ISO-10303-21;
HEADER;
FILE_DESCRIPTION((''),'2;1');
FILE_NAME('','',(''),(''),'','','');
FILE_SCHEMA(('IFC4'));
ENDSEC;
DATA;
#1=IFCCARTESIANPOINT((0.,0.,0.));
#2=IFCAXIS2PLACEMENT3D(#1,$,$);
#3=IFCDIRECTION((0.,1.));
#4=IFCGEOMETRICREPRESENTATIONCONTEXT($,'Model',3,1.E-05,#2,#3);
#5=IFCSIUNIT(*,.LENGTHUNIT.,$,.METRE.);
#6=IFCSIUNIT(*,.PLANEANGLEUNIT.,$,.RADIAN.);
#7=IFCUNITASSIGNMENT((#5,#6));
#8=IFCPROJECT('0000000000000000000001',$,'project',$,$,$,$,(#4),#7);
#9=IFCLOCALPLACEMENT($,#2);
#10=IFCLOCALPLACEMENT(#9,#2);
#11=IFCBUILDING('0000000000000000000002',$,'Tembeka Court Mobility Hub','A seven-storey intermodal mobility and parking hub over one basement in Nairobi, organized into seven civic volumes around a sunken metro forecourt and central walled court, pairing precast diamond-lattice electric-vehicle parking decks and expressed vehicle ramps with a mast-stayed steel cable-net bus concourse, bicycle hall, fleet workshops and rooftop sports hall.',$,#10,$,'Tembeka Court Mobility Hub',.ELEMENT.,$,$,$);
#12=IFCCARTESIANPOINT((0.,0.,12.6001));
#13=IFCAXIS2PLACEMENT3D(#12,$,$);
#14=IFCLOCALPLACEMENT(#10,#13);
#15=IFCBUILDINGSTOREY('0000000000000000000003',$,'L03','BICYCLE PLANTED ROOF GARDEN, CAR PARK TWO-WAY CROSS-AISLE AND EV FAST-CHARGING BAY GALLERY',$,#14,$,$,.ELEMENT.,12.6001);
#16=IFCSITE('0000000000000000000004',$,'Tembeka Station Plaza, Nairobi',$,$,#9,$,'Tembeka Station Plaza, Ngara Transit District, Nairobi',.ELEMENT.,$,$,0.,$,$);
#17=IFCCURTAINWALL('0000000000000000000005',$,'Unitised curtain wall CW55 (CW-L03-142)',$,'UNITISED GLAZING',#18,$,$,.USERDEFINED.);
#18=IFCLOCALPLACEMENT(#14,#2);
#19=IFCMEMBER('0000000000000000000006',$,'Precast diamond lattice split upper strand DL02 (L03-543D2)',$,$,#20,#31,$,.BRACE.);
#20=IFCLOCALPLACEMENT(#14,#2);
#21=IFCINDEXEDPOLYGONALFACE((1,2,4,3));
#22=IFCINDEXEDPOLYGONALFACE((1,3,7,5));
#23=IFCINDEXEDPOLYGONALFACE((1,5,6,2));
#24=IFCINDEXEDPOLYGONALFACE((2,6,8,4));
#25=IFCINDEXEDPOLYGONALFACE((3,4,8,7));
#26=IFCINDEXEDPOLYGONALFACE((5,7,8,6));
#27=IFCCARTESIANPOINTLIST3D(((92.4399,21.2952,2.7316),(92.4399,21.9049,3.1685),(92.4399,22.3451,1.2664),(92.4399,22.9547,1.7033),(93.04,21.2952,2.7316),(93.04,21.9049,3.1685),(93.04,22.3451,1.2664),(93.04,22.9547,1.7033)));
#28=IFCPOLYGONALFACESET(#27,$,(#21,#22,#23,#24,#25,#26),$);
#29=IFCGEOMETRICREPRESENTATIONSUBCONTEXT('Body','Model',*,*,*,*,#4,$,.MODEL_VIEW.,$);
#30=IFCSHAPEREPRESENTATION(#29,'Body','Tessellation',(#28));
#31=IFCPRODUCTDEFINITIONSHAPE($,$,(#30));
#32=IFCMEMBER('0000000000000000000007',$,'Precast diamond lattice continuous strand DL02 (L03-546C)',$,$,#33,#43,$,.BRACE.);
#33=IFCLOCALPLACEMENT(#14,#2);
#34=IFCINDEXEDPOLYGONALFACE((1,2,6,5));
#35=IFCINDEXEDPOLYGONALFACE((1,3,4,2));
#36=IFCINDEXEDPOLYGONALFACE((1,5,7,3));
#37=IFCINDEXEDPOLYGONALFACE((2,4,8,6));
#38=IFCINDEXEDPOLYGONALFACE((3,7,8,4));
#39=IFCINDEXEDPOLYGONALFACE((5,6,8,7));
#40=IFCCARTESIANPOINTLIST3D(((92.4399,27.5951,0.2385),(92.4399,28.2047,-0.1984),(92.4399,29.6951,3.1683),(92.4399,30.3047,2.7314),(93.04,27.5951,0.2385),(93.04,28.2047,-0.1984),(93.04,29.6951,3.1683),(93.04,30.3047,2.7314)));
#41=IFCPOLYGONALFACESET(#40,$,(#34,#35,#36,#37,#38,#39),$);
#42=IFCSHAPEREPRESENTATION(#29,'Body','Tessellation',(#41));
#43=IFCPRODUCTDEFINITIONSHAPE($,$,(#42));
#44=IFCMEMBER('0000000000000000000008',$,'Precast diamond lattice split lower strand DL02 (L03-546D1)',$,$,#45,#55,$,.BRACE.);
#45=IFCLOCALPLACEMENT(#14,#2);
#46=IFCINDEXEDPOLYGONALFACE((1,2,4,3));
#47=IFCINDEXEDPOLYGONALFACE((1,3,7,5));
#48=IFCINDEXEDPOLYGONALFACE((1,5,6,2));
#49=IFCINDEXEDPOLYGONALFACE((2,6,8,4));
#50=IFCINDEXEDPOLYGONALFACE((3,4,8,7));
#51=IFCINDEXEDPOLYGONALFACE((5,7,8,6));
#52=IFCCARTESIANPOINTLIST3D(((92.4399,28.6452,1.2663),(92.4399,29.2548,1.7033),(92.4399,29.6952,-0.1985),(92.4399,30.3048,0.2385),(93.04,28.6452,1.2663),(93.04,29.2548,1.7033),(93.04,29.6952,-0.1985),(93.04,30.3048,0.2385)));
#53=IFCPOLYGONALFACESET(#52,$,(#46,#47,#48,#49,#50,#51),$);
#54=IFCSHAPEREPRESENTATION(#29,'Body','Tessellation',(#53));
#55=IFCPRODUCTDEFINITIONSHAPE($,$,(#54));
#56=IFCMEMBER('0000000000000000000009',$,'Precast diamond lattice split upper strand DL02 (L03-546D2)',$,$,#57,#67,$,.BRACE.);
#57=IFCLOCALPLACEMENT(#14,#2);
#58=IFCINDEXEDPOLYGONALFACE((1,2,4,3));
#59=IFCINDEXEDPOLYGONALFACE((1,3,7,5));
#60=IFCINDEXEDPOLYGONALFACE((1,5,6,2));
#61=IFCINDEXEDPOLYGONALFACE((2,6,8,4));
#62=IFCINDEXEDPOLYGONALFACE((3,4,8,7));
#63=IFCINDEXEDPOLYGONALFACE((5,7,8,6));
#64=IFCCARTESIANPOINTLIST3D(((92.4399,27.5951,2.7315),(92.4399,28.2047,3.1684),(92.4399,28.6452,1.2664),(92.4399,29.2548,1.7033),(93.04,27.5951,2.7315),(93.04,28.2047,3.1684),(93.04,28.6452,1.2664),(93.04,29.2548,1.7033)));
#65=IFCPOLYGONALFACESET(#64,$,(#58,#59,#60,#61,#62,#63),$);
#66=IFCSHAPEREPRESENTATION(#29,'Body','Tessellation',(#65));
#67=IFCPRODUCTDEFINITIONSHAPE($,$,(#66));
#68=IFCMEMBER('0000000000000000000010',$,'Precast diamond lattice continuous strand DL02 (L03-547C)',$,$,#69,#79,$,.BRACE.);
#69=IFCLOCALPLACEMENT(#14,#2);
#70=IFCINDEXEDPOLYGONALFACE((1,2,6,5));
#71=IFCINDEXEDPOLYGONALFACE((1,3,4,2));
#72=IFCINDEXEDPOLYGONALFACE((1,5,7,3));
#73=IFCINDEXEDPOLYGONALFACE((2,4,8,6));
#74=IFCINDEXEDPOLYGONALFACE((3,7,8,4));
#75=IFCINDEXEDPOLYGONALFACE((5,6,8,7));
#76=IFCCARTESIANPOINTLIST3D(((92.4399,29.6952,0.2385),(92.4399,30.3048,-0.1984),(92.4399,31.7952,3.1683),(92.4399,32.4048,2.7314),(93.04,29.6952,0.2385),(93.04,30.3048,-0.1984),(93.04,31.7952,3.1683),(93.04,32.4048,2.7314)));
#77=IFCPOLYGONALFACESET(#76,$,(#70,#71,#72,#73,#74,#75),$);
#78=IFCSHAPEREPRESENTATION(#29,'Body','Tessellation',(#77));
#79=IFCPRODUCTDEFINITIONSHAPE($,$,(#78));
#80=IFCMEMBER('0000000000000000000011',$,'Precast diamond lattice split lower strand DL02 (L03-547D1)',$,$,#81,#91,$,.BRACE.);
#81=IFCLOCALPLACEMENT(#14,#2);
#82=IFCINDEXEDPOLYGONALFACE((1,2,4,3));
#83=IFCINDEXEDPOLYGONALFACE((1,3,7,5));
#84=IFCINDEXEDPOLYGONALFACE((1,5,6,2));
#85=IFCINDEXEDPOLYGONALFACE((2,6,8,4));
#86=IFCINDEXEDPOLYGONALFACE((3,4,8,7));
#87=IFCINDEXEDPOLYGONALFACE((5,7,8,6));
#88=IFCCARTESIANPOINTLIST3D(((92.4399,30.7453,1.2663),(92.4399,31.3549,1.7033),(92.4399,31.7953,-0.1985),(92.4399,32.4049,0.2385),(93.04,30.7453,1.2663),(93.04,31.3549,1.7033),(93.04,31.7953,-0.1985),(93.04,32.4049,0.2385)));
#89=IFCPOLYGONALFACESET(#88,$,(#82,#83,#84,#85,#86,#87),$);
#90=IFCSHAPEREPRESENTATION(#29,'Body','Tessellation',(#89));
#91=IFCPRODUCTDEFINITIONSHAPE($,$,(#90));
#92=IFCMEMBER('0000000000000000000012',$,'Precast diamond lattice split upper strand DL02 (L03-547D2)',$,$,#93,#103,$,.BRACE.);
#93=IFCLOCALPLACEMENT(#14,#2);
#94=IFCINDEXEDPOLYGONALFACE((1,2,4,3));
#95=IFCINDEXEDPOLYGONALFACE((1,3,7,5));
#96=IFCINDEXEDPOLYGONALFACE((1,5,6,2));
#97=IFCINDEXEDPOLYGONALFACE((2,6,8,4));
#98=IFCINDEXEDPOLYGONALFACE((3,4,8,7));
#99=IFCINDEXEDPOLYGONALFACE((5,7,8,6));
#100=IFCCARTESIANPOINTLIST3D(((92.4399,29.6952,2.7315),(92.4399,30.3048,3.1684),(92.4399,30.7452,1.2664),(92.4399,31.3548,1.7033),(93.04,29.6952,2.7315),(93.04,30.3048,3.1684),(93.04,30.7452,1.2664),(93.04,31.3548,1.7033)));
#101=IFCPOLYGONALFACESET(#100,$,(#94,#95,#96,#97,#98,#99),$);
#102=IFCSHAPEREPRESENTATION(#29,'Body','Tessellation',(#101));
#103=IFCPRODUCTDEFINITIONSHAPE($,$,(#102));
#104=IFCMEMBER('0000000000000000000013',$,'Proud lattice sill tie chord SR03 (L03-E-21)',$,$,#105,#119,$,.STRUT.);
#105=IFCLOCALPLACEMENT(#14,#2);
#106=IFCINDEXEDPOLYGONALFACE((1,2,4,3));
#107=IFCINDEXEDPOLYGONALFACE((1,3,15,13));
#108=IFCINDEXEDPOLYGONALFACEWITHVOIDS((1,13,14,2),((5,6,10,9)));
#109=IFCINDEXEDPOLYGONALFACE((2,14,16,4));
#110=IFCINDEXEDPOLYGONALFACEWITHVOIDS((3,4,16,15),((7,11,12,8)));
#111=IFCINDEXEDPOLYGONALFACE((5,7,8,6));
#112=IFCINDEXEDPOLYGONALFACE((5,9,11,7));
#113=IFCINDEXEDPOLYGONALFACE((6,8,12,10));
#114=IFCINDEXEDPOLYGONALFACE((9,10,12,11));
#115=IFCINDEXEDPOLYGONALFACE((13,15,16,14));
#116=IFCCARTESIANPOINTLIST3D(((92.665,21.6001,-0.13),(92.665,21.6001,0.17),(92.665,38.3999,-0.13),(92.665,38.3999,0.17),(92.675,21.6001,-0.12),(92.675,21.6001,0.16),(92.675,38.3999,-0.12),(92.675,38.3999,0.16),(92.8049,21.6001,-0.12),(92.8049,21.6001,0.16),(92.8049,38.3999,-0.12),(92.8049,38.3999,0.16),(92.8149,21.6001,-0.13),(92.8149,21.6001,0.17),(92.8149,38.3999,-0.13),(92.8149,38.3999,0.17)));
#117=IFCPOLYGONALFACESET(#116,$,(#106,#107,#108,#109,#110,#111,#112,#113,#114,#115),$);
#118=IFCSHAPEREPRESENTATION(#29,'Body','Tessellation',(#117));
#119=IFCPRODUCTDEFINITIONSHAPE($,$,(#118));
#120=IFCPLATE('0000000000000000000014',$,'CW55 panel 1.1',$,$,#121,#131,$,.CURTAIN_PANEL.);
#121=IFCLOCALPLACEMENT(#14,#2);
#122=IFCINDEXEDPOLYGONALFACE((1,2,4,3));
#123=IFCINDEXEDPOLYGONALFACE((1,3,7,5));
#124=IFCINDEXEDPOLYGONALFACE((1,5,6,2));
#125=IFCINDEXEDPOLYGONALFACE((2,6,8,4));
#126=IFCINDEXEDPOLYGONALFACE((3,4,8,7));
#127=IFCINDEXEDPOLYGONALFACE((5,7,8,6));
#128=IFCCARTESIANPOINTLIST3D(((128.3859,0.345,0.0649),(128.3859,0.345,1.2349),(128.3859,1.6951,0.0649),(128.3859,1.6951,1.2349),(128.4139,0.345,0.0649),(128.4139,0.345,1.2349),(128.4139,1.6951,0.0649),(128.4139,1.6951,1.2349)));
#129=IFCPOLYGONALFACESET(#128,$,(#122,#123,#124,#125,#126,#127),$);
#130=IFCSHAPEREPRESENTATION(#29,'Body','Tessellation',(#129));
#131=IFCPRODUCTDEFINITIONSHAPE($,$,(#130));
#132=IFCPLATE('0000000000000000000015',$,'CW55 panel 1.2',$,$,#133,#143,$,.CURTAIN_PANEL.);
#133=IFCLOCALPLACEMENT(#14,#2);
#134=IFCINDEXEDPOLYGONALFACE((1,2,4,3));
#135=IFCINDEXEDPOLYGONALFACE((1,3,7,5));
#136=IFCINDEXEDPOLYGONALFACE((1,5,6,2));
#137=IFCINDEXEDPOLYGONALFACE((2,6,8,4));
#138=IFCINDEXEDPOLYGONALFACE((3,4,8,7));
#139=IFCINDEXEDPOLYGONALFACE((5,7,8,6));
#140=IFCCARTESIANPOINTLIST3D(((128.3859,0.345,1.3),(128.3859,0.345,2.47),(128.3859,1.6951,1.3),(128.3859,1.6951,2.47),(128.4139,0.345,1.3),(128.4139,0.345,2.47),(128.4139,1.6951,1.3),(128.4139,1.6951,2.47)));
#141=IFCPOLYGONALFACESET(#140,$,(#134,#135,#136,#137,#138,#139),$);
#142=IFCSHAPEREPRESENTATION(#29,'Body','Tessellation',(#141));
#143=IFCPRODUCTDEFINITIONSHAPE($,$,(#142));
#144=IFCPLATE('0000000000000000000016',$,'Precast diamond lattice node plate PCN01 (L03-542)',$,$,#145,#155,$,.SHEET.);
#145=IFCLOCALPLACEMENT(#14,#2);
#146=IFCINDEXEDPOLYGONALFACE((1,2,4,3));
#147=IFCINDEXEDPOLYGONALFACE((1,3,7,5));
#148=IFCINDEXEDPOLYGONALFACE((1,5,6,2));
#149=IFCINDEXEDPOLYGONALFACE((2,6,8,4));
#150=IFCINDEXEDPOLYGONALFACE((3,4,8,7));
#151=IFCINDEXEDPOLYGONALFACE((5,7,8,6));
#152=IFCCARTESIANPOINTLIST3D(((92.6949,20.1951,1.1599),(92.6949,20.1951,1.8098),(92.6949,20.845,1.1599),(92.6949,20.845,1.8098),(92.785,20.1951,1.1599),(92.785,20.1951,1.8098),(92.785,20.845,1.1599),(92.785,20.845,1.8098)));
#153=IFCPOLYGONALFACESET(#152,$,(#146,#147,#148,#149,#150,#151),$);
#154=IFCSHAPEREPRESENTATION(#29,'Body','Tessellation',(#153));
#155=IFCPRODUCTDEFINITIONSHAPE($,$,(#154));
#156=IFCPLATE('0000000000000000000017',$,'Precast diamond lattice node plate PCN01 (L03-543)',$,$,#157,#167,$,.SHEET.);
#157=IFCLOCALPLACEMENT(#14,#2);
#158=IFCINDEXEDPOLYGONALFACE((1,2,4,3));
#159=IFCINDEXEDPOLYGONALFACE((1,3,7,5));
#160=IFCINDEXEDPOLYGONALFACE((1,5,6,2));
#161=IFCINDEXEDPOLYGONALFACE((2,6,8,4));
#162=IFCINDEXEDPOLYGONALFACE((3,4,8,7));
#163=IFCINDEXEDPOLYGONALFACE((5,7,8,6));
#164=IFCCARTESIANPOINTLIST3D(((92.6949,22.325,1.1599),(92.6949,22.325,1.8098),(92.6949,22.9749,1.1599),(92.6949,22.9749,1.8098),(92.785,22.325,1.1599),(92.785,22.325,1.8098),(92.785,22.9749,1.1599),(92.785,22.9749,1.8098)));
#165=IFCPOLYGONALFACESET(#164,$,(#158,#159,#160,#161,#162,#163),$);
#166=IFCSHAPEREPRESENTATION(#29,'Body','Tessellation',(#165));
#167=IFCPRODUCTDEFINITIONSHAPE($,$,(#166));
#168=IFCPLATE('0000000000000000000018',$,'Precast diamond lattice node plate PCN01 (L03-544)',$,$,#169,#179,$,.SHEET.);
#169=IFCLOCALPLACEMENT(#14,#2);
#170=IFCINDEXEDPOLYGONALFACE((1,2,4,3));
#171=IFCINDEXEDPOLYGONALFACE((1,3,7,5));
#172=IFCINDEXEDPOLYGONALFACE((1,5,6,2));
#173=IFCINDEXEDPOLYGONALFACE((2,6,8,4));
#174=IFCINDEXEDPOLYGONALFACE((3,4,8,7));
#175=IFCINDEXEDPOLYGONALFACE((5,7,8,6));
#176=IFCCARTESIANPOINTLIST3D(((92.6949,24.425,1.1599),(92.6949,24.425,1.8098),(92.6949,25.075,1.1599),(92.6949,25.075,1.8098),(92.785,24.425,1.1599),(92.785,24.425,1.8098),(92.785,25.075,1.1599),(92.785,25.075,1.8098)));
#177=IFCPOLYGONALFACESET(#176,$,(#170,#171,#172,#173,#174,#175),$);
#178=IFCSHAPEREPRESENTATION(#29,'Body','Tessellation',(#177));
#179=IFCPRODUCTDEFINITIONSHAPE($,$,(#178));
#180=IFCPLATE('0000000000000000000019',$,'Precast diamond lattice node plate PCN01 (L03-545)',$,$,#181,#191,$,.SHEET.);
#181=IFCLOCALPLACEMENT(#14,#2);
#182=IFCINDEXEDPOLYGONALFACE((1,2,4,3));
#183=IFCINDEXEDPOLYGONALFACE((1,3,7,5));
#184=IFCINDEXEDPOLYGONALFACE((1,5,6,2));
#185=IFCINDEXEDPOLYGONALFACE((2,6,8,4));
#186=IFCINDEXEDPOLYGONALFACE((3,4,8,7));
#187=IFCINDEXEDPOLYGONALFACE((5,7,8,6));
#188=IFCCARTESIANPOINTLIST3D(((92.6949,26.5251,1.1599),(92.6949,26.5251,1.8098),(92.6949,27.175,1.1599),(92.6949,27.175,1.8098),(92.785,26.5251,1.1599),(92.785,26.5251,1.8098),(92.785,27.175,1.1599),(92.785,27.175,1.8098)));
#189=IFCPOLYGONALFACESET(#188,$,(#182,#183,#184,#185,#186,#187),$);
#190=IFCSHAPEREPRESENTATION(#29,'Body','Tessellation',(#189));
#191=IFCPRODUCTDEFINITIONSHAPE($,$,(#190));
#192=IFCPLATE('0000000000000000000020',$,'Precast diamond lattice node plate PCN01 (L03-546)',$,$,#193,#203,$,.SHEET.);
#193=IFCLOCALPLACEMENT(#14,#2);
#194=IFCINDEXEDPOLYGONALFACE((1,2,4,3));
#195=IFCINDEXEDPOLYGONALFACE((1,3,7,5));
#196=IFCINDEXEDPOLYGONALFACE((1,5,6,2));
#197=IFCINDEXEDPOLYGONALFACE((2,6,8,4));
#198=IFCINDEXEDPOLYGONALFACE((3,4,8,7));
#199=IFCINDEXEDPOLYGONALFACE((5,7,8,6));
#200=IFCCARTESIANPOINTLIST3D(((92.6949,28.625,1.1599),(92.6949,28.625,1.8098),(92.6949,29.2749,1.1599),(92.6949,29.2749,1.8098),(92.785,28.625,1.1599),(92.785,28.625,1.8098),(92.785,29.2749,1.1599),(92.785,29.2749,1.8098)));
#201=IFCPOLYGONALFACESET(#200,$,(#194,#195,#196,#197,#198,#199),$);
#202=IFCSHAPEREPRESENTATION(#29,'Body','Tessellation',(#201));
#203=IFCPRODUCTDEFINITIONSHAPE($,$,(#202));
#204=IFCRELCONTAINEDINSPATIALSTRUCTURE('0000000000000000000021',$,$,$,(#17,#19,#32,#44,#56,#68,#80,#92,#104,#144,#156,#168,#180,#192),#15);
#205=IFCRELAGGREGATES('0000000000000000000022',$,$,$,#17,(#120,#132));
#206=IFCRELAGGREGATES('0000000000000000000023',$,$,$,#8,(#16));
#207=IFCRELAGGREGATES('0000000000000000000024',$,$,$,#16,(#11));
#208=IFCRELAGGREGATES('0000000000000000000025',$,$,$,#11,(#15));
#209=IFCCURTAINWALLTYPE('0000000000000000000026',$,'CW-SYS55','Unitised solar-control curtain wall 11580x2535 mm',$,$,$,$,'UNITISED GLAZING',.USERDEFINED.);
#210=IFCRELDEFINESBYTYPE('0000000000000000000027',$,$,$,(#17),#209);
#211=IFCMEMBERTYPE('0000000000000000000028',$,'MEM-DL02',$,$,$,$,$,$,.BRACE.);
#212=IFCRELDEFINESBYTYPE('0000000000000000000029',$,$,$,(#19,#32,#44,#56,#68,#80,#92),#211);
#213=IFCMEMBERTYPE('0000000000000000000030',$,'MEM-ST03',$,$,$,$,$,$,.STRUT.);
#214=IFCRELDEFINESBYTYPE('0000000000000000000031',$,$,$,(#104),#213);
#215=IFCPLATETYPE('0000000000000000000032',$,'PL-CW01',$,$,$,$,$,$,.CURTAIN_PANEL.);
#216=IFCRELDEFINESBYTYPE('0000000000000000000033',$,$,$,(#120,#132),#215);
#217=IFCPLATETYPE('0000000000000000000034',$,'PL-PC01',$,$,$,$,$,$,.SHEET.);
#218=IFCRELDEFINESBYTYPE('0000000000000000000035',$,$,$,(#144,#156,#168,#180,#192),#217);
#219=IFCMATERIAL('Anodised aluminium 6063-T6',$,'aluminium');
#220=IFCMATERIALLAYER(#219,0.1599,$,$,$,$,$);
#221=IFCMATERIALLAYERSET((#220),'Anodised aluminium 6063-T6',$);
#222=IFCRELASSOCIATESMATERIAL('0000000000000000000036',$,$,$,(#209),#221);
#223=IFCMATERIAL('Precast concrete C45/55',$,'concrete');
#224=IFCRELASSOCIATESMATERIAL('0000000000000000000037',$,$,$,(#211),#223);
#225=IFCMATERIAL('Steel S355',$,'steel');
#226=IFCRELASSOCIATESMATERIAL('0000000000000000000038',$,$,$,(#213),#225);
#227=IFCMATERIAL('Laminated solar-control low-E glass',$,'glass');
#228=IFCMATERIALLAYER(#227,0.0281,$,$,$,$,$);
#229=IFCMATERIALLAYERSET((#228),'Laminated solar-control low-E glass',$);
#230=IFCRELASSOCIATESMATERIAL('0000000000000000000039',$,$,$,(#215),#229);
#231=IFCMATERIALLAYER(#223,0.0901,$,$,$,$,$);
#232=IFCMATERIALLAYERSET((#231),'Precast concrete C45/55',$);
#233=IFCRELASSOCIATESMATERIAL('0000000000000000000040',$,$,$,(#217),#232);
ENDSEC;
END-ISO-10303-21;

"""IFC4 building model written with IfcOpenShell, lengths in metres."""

from ifc_helpers import new_model, si_unit, direction, frame, origin, origin_2d, place, context, subcontext, project, spatial, rectangle, hollow_rectangle, extrude, material, layer, layer_set, material_profile, profile_set, type_object, element, aggregate, save


model = new_model("IFC4")

# Units and contexts
model_context = context("Model", 3, precision=1e-05, world=origin(), true_north=direction((0.0, 1.0)))
body_context = subcontext(model_context, "Body", "Model", "MODEL_VIEW")
ifc_project = project(units=[si_unit("LENGTHUNIT", "METRE"), si_unit("PLANEANGLEUNIT", "RADIAN")], contexts=[model_context])

# Site, building, storey
site_placement = place(None, origin())
site = spatial("IfcSite", under=ifc_project, at=site_placement, Name="Tembeka Station Plaza, Nairobi", LongName="Tembeka Station Plaza, Ngara Transit District, Nairobi", CompositionType="ELEMENT", RefElevation=0.0)
building_placement = place(site_placement, origin())
building = spatial("IfcBuilding", under=site, at=building_placement, Name="Tembeka Court Mobility Hub", Description="A seven-storey intermodal mobility and parking hub over one basement in Nairobi, organized into seven civic volumes around a sunken metro forecourt and central walled court, pairing precast diamond-lattice electric-vehicle parking decks and expressed vehicle ramps with a mast-stayed steel cable-net bus concourse, bicycle hall, fleet workshops and rooftop sports hall.", LongName="Tembeka Court Mobility Hub", CompositionType="ELEMENT")
storey_placement = place(building_placement, frame((0.0, 0.0, 12.6001)))
storey = spatial("IfcBuildingStorey", under=building, at=storey_placement, Name="L03", Description="BICYCLE PLANTED ROOF GARDEN, CAR PARK TWO-WAY CROSS-AISLE AND EV FAST-CHARGING BAY GALLERY", CompositionType="ELEMENT", Elevation=12.6001)

# Shared definitions
ifc_material_1 = material(Name="Steel S355", Category="steel")

# Curtain wall
ifc_material_2 = material(Name="Anodised aluminium 6063-T6", Category="aluminium")
ifc_layer_1 = layer(ifc_material_2, 0.1599)
ifc_layer_set_1 = layer_set([ifc_layer_1], Name="Anodised aluminium 6063-T6")
curtain_wall_type = type_object("IfcCurtainWallType", Name="CW-SYS55", Description="Unitised solar-control curtain wall 11580x2535 mm", ElementType="UNITISED GLAZING", PredefinedType="USERDEFINED", material=ifc_layer_set_1)
curtain_wall_placement = place(storey_placement, origin())
curtain_wall = element("IfcCurtainWall", 1, at=curtain_wall_placement, inside=storey, type_object=curtain_wall_type, Name="Unitised curtain wall CW55 (CW-L03-142)", ObjectType="UNITISED GLAZING", PredefinedType="USERDEFINED")

# Members
ifc_material_3 = material(Name="Precast concrete C45/55", Category="concrete")
ifc_material_profile_1 = material_profile(ifc_material_3, rectangle(XDim=0.6001, YDim=0.75, at=origin_2d()), Name="PC-DIAG 600x750")
ifc_profile_set_1 = profile_set([ifc_material_profile_1], Name="Precast concrete C45/55")
member_type_1 = type_object("IfcMemberType", Name="MEM-DL02", PredefinedType="BRACE", material=ifc_profile_set_1)
member_1_placement = place(storey_placement, frame((92.74, 22.6499, 1.4849), z_axis=(0.0, -0.582455, 0.812863), x_axis=(1.0, 0.0, 0.0)))
element("IfcMember", 2, at=member_1_placement, inside=storey, type_object=member_type_1, Name="Precast diamond lattice split upper strand DL02 (L03-543D2)", PredefinedType="BRACE", context=body_context, shape_type="SweptSolid", body=[
    extrude(rectangle(XDim=0.6001, YDim=0.75, at=origin_2d()), origin(), (0.0, 0.0, 1.0), 1.8025),
])
member_2_placement = place(storey_placement, frame((92.74, 27.8999, 0.02), z_axis=(0.0, 0.582576, 0.812776), x_axis=(-1.0, 0.0, 0.0)))
element("IfcMember", 3, at=member_2_placement, inside=storey, type_object=member_type_1, Name="Precast diamond lattice continuous strand DL02 (L03-546C)", PredefinedType="BRACE", context=body_context, shape_type="SweptSolid", body=[
    extrude(rectangle(XDim=0.6001, YDim=0.75, at=origin_2d()), origin(), (0.0, 0.0, 1.0), 3.6047),
])
member_3_placement = place(storey_placement, frame((92.74, 30.0, 0.02), z_axis=(0.0, -0.582608, 0.812753), x_axis=(1.0, 0.0, 0.0)))
element("IfcMember", 4, at=member_3_placement, inside=storey, type_object=member_type_1, Name="Precast diamond lattice split lower strand DL02 (L03-546D1)", PredefinedType="BRACE", context=body_context, shape_type="SweptSolid", body=[
    extrude(rectangle(XDim=0.6001, YDim=0.75, at=origin_2d()), origin(), (0.0, 0.0, 1.0), 1.8022),
])
member_4_placement = place(storey_placement, frame((92.74, 28.95, 1.4849), z_axis=(0.0, -0.582544, 0.812799), x_axis=(1.0, 0.0, 0.0)))
element("IfcMember", 5, at=member_4_placement, inside=storey, type_object=member_type_1, Name="Precast diamond lattice split upper strand DL02 (L03-546D2)", PredefinedType="BRACE", context=body_context, shape_type="SweptSolid", body=[
    extrude(rectangle(XDim=0.6001, YDim=0.75, at=origin_2d()), origin(), (0.0, 0.0, 1.0), 1.8025),
])
member_5_placement = place(storey_placement, frame((92.74, 30.0, 0.02), z_axis=(0.0, 0.582576, 0.812776), x_axis=(-1.0, 0.0, 0.0)))
element("IfcMember", 6, at=member_5_placement, inside=storey, type_object=member_type_1, Name="Precast diamond lattice continuous strand DL02 (L03-547C)", PredefinedType="BRACE", context=body_context, shape_type="SweptSolid", body=[
    extrude(rectangle(XDim=0.6001, YDim=0.75, at=origin_2d()), origin(), (0.0, 0.0, 1.0), 3.6047),
])
member_6_placement = place(storey_placement, frame((92.74, 32.1001, 0.02), z_axis=(0.0, -0.582608, 0.812753), x_axis=(1.0, 0.0, 0.0)))
element("IfcMember", 7, at=member_6_placement, inside=storey, type_object=member_type_1, Name="Precast diamond lattice split lower strand DL02 (L03-547D1)", PredefinedType="BRACE", context=body_context, shape_type="SweptSolid", body=[
    extrude(rectangle(XDim=0.6001, YDim=0.75, at=origin_2d()), origin(), (0.0, 0.0, 1.0), 1.8022),
])
member_7_placement = place(storey_placement, frame((92.74, 31.05, 1.4849), z_axis=(0.0, -0.582544, 0.812799), x_axis=(1.0, 0.0, 0.0)))
element("IfcMember", 8, at=member_7_placement, inside=storey, type_object=member_type_1, Name="Precast diamond lattice split upper strand DL02 (L03-547D2)", PredefinedType="BRACE", context=body_context, shape_type="SweptSolid", body=[
    extrude(rectangle(XDim=0.6001, YDim=0.75, at=origin_2d()), origin(), (0.0, 0.0, 1.0), 1.8025),
])
ifc_material_profile_2 = material_profile(ifc_material_1, hollow_rectangle(XDim=0.1499, YDim=0.3, WallThickness=0.01, at=origin_2d()), Name="RHS 300x150x10")
ifc_profile_set_2 = profile_set([ifc_material_profile_2], Name="Steel S355")
member_type_2 = type_object("IfcMemberType", Name="MEM-ST03", PredefinedType="STRUT", material=ifc_profile_set_2)
member_8_placement = place(storey_placement, frame((92.74, 21.6001, 0.02), z_axis=(0.0, 1.0, 0.0), x_axis=(-1.0, 0.0, 0.0)))
element("IfcMember", 9, at=member_8_placement, inside=storey, type_object=member_type_2, Name="Proud lattice sill tie chord SR03 (L03-E-21)", PredefinedType="STRUT", context=body_context, shape_type="SweptSolid", body=[
    extrude(hollow_rectangle(XDim=0.1499, YDim=0.3, WallThickness=0.01, at=origin_2d()), origin(), (0.0, 0.0, 1.0), 16.7998),
])

# Plates
ifc_material_4 = material(Name="Laminated solar-control low-E glass", Category="glass")
ifc_layer_2 = layer(ifc_material_4, 0.0281)
ifc_layer_set_2 = layer_set([ifc_layer_2], Name="Laminated solar-control low-E glass")
plate_type_1 = type_object("IfcPlateType", Name="PL-CW01", PredefinedType="CURTAIN_PANEL", material=ifc_layer_set_2)
plate_1_placement = place(storey_placement, frame((128.3999, 1.02, 0.0649), z_axis=(0.0, 0.0, 1.0), x_axis=(0.0, 1.0, 0.0)))
plate_1 = element("IfcPlate", 10, at=plate_1_placement, type_object=plate_type_1, Name="CW55 panel 1.1", PredefinedType="CURTAIN_PANEL", context=body_context, shape_type="SweptSolid", body=[
    extrude(rectangle(XDim=1.3501, YDim=0.0281, at=origin_2d()), origin(), (0.0, 0.0, 1.0), 1.1699),
])
plate_2_placement = place(storey_placement, frame((128.3999, 1.02, 1.3), z_axis=(0.0, 0.0, 1.0), x_axis=(0.0, 1.0, 0.0)))
plate_2 = element("IfcPlate", 11, at=plate_2_placement, type_object=plate_type_1, Name="CW55 panel 1.2", PredefinedType="CURTAIN_PANEL", context=body_context, shape_type="SweptSolid", body=[
    extrude(rectangle(XDim=1.3501, YDim=0.0281, at=origin_2d()), origin(), (0.0, 0.0, 1.0), 1.1699),
])
aggregate(curtain_wall, [plate_1, plate_2])

# Plates
ifc_layer_3 = layer(ifc_material_3, 0.0901)
ifc_layer_set_3 = layer_set([ifc_layer_3], Name="Precast concrete C45/55")
plate_type_2 = type_object("IfcPlateType", Name="PL-PC01", PredefinedType="SHEET", material=ifc_layer_set_3)
for number, where, z_axis, x_axis, name in (
    (12, (92.74, 20.52, 1.1599), (0.0, 0.0, 1.0), (1.0, 0.0, 0.0), "Precast diamond lattice node plate PCN01 (L03-542)"),
    (13, (92.74, 22.6499, 1.1599), (0.0, 0.0, 1.0), (1.0, 0.0, 0.0), "Precast diamond lattice node plate PCN01 (L03-543)"),
    (14, (92.74, 24.75, 1.1599), (0.0, 0.0, 1.0), (1.0, 0.0, 0.0), "Precast diamond lattice node plate PCN01 (L03-544)"),
    (15, (92.74, 26.8501, 1.1599), (0.0, 0.0, 1.0), (1.0, 0.0, 0.0), "Precast diamond lattice node plate PCN01 (L03-545)"),
    (16, (92.74, 28.95, 1.1599), (0.0, 0.0, 1.0), (1.0, 0.0, 0.0), "Precast diamond lattice node plate PCN01 (L03-546)"),
):
    element("IfcPlate", number, at=place(storey_placement, frame(where, z_axis=z_axis, x_axis=x_axis)), inside=storey, type_object=plate_type_2, Name=name, PredefinedType="SHEET", context=body_context, shape_type="SweptSolid", body=[
        extrude(rectangle(XDim=0.0901, YDim=0.6499, at=origin_2d()), origin(), (0.0, 0.0, 1.0), 0.6499),
    ])

save(model, "model.ifc")
